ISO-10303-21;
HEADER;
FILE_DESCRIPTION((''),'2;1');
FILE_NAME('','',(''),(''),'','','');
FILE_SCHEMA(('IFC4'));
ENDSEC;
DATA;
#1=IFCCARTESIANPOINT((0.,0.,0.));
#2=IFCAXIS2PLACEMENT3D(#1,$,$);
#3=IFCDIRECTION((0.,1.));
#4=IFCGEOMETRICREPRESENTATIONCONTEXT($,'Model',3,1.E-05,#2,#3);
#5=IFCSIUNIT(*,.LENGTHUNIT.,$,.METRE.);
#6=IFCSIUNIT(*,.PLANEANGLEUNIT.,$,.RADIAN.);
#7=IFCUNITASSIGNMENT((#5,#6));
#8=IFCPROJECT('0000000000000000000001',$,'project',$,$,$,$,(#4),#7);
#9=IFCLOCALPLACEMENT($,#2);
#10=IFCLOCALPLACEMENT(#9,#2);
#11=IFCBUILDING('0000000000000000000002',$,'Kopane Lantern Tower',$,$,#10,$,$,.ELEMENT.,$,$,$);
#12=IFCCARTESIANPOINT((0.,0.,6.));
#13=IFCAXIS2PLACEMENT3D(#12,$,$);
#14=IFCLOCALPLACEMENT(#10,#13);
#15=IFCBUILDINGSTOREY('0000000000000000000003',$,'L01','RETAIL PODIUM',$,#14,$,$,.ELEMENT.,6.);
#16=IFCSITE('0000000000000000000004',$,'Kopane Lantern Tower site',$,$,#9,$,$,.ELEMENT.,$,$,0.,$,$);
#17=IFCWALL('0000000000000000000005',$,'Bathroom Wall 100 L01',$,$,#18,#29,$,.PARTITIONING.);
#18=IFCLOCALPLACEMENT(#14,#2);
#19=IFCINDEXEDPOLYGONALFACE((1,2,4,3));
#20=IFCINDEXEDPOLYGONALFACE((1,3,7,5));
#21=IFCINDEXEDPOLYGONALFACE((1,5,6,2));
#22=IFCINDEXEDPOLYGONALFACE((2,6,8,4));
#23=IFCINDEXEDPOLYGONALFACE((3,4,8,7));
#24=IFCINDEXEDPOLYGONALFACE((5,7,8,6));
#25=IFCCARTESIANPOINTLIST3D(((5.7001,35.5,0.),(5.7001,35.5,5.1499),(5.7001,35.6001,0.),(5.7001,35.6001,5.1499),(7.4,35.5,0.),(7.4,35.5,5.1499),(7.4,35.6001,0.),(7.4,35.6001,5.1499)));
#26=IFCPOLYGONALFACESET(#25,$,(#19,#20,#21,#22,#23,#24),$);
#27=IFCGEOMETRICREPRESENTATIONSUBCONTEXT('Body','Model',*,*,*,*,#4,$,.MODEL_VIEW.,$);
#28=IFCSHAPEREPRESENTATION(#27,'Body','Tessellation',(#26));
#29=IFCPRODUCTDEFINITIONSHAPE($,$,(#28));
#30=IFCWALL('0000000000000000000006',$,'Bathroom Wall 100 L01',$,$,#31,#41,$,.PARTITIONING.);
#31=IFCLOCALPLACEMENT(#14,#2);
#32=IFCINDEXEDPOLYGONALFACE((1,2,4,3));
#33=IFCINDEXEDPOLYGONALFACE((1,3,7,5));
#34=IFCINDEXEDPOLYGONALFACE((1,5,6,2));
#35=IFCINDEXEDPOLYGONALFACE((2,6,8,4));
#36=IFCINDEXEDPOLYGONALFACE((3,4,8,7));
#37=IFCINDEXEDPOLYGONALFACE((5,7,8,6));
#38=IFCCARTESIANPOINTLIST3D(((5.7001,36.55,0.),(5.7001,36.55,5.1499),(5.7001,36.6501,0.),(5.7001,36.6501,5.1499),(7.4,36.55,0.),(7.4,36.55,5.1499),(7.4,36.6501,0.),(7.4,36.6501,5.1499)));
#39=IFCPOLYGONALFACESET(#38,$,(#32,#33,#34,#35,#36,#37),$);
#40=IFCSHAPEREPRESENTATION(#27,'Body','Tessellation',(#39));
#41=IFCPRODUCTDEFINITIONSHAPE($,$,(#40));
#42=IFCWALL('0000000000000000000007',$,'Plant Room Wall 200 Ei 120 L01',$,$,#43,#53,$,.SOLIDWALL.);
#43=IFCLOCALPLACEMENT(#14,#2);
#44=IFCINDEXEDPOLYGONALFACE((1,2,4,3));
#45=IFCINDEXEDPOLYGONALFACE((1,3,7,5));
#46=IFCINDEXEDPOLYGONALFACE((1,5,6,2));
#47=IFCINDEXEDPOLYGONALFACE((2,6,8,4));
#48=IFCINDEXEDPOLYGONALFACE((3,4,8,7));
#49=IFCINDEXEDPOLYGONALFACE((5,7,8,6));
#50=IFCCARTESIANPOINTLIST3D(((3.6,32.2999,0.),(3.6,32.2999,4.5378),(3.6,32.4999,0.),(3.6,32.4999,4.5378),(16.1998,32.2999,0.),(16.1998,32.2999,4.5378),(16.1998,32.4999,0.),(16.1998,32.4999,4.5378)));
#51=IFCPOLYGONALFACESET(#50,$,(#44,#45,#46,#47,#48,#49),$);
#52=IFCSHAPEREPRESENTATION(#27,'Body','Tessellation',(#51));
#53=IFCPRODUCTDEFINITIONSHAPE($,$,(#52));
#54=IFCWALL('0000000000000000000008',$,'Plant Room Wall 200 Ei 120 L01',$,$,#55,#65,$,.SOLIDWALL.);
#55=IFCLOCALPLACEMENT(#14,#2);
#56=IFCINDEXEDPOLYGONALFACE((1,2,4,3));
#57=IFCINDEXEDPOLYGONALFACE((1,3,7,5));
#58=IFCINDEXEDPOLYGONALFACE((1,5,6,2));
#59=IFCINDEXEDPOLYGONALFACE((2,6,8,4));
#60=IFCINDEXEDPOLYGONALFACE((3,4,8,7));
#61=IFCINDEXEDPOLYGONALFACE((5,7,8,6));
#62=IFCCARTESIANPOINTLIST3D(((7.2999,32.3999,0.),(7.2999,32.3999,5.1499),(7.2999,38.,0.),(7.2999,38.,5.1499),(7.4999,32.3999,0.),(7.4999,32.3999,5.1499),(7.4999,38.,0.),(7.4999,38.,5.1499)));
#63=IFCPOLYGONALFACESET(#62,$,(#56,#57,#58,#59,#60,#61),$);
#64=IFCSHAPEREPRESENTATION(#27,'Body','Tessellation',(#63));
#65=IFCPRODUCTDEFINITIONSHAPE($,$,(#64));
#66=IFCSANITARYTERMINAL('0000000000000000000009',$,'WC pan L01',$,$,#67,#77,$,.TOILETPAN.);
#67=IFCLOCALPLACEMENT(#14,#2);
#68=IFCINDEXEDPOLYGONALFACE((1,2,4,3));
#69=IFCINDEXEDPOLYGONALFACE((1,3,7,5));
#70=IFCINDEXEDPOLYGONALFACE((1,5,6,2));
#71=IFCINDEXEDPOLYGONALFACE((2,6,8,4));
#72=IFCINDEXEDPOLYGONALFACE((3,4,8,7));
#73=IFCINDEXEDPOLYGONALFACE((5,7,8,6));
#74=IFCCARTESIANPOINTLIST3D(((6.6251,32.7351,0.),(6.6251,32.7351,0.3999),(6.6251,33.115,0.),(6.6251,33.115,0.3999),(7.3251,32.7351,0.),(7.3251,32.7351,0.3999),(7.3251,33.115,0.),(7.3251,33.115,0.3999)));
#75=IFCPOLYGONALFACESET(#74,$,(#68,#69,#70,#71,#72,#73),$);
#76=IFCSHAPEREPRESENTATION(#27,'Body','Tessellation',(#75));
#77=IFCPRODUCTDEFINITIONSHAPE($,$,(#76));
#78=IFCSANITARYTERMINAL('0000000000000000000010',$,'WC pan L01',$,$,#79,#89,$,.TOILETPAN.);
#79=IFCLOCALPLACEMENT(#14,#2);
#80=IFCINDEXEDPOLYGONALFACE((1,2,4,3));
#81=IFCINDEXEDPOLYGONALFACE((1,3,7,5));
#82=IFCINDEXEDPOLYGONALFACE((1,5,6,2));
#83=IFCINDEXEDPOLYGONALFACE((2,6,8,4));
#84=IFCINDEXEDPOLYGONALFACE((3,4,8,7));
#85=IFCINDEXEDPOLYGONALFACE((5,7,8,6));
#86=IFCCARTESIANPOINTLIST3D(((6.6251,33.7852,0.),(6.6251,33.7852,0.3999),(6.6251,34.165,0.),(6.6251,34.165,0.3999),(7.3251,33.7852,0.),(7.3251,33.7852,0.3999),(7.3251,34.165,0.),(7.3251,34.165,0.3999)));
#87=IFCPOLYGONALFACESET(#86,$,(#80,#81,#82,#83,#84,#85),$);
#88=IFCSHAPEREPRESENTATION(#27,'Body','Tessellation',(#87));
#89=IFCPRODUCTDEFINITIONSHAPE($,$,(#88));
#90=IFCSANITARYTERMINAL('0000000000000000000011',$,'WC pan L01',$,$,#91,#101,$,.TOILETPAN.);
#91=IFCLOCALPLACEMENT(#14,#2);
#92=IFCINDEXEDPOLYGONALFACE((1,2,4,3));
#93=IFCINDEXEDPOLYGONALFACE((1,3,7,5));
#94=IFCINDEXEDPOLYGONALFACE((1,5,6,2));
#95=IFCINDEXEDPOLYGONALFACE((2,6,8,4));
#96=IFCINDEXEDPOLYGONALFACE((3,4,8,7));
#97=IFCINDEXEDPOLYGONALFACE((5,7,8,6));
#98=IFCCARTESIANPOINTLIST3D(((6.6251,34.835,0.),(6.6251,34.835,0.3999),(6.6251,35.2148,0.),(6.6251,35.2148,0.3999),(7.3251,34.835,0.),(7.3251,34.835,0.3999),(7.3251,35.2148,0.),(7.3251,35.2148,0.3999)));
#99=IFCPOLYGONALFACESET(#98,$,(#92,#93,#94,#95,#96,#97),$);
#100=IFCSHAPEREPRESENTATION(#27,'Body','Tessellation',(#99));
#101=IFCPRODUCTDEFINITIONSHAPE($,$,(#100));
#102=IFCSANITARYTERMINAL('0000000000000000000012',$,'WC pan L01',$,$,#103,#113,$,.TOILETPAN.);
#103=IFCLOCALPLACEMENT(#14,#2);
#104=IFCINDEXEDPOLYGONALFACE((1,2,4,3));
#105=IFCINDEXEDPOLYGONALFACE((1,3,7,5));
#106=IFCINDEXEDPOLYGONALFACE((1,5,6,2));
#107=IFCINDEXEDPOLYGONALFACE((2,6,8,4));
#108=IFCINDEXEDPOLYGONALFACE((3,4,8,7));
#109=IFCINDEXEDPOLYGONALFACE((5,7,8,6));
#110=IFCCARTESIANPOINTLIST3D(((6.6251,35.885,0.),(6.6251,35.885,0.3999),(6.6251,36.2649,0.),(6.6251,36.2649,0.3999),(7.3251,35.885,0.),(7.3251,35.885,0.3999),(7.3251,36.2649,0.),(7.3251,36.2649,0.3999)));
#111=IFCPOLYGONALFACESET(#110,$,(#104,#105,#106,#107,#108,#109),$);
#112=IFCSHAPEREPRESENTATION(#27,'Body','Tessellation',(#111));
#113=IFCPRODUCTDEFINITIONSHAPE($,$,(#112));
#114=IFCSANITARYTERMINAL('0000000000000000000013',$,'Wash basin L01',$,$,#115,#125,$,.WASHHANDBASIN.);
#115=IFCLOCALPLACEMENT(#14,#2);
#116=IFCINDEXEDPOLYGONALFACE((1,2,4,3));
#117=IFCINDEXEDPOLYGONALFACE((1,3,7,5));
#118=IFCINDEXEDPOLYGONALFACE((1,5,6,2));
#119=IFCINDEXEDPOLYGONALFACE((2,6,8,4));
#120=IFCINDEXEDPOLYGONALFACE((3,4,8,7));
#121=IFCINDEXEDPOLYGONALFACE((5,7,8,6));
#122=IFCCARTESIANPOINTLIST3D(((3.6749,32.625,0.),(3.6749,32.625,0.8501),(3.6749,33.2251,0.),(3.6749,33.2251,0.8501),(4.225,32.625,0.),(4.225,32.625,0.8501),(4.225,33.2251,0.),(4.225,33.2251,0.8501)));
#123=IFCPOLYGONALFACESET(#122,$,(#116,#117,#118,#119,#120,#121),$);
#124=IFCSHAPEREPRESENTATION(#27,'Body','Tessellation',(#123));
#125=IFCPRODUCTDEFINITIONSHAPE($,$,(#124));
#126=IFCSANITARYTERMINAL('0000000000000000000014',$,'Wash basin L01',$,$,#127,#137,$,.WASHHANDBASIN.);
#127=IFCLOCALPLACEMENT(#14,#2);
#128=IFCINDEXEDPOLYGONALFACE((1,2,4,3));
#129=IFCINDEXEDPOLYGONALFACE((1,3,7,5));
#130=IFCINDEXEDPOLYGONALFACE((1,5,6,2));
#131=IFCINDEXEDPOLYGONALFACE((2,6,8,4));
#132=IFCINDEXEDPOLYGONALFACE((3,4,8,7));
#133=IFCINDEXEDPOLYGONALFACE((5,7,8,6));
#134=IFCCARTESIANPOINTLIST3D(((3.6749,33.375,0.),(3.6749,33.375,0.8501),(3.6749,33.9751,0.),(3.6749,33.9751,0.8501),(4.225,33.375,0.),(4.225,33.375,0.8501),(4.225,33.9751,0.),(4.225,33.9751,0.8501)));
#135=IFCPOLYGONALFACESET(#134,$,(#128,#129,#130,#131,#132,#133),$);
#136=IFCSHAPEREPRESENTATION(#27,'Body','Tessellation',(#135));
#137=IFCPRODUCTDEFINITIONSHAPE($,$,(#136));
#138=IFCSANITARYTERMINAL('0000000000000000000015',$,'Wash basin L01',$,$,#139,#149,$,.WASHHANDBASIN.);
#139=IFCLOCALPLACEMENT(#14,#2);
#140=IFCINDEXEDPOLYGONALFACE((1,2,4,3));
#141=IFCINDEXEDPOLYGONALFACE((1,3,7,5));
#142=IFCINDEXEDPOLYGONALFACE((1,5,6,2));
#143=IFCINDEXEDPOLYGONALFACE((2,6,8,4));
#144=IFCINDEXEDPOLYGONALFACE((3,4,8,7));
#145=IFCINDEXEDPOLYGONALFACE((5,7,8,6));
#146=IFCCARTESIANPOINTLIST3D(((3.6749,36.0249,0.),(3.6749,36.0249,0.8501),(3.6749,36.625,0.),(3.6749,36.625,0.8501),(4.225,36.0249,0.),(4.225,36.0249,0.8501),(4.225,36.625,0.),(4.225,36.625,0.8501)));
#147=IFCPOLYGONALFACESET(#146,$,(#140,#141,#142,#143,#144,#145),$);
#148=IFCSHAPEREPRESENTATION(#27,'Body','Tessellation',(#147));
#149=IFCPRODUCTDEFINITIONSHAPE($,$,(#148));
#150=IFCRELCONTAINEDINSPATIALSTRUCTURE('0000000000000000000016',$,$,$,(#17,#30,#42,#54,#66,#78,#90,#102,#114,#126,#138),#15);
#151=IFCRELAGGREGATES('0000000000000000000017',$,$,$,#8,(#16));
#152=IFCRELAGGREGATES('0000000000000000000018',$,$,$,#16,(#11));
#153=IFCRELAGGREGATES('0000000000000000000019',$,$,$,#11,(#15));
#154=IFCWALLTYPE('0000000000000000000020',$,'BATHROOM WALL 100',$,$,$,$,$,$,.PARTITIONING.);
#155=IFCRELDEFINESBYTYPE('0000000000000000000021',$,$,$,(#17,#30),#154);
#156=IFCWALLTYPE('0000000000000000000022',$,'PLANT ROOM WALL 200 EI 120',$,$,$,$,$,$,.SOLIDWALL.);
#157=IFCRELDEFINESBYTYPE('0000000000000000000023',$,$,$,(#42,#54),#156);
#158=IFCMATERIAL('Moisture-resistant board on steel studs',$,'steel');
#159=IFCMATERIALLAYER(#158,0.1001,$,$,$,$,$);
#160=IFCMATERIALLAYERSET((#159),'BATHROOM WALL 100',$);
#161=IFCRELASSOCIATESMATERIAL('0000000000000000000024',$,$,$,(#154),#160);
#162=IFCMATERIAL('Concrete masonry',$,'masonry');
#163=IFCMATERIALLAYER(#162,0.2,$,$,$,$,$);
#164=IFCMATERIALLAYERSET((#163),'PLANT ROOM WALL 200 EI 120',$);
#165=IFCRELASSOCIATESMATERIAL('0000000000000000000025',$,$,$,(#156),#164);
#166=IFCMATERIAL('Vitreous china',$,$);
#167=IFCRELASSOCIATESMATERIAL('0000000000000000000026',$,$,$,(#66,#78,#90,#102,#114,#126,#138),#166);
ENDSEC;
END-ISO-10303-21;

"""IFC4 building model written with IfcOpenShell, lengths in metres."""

from ifc_helpers import new_model, si_unit, direction, frame, frame_2d, origin, origin_2d, place, context, subcontext, project, spatial, rectangle, extrude, material, layer, layer_set, type_object, element, save


model = new_model("IFC4")

# Units and contexts
model_context = context("Model", 3, precision=1e-05, world=origin(), true_north=direction((0.0, 1.0)))
body_context = subcontext(model_context, "Body", "Model", "MODEL_VIEW")
ifc_project = project(units=[si_unit("LENGTHUNIT", "METRE"), si_unit("PLANEANGLEUNIT", "RADIAN")], contexts=[model_context])

# Site, building, storey
site_placement = place(None, origin())
site = spatial("IfcSite", under=ifc_project, at=site_placement, Name="Kopane Lantern Tower site", CompositionType="ELEMENT", RefElevation=0.0)
building_placement = place(site_placement, origin())
building = spatial("IfcBuilding", under=site, at=building_placement, Name="Kopane Lantern Tower", CompositionType="ELEMENT")
storey_placement = place(building_placement, frame((0.0, 0.0, 6.0)))
storey = spatial("IfcBuildingStorey", under=building, at=storey_placement, Name="L01", Description="RETAIL PODIUM", CompositionType="ELEMENT", Elevation=6.0)

# Shared definitions
ifc_material_1 = material(Name="Moisture-resistant board on steel studs", Category="steel")
ifc_layer_1 = layer(ifc_material_1, 0.1001)
ifc_layer_set_1 = layer_set([ifc_layer_1], Name="BATHROOM WALL 100")
wall_type_1 = type_object("IfcWallType", Name="BATHROOM WALL 100", PredefinedType="PARTITIONING", material=ifc_layer_set_1)

# Walls
for number, where, z_axis, x_axis, name in (
    (1, (5.7, 35.55, 0.0), (0.0, 0.0, 1.0), (1.0, 0.0, 0.0), "Bathroom Wall 100 L01"),
    (2, (5.7, 36.6001, 0.0), (0.0, 0.0, 1.0), (1.0, 0.0, 0.0), "Bathroom Wall 100 L01"),
):
    element("IfcWall", number, at=place(storey_placement, frame(where, z_axis=z_axis, x_axis=x_axis)), inside=storey, type_object=wall_type_1, Name=name, PredefinedType="PARTITIONING", context=body_context, shape_type="SweptSolid", body=[
        extrude(rectangle(XDim=1.7, YDim=0.1001, at=frame_2d((0.8501, 0.0))), origin(), (0.0, 0.0, 1.0), 5.1499),
    ])
ifc_material_2 = material(Name="Concrete masonry", Category="masonry")
ifc_layer_2 = layer(ifc_material_2, 0.2)
ifc_layer_set_2 = layer_set([ifc_layer_2], Name="PLANT ROOM WALL 200 EI 120")
wall_type_2 = type_object("IfcWallType", Name="PLANT ROOM WALL 200 EI 120", PredefinedType="SOLIDWALL", material=ifc_layer_set_2)
wall_1_placement = place(storey_placement, frame((3.6001, 32.3999, 0.0), z_axis=(0.0, 0.0, 1.0), x_axis=(1.0, 0.0, 0.0)))
element("IfcWall", 3, at=wall_1_placement, inside=storey, type_object=wall_type_2, Name="Plant Room Wall 200 Ei 120 L01", PredefinedType="SOLIDWALL", context=body_context, shape_type="SweptSolid", body=[
    extrude(rectangle(XDim=12.5999, YDim=0.2, at=frame_2d((6.2998, 0.0))), origin(), (0.0, 0.0, 1.0), 4.5378),
])
wall_2_placement = place(storey_placement, frame((7.3999, 32.3999, 0.0), z_axis=(0.0, 0.0, 1.0), x_axis=(0.0, 1.0, 0.0)))
element("IfcWall", 4, at=wall_2_placement, inside=storey, type_object=wall_type_2, Name="Plant Room Wall 200 Ei 120 L01", PredefinedType="SOLIDWALL", context=body_context, shape_type="SweptSolid", body=[
    extrude(rectangle(XDim=5.6001, YDim=0.2, at=frame_2d((2.8, 0.0))), origin(), (0.0, 0.0, 1.0), 5.1499),
])

# Sanitary terminals
ifc_material_3 = material(Name="Vitreous china")
for number, where, z_axis, x_axis, name in (
    (5, (6.9751, 32.925, 0.0), (0.0, 0.0, 1.0), (1.0, 0.0, 0.0), "WC pan L01"),
    (6, (6.9751, 33.9751, 0.0), (0.0, 0.0, 1.0), (1.0, 0.0, 0.0), "WC pan L01"),
    (7, (6.9751, 35.0249, 0.0), (0.0, 0.0, 1.0), (1.0, 0.0, 0.0), "WC pan L01"),
    (8, (6.9751, 36.075, 0.0), (0.0, 0.0, 1.0), (1.0, 0.0, 0.0), "WC pan L01"),
):
    element("IfcSanitaryTerminal", number, at=place(storey_placement, frame(where, z_axis=z_axis, x_axis=x_axis)), inside=storey, material=ifc_material_3, Name=name, PredefinedType="TOILETPAN", context=body_context, shape_type="SweptSolid", body=[
        extrude(rectangle(XDim=0.7, YDim=0.3799, at=origin_2d()), origin(), (0.0, 0.0, 1.0), 0.3999),
    ])
for number, where, z_axis, x_axis, name in (
    (9, (3.95, 32.925, 0.0), (0.0, 0.0, 1.0), (1.0, 0.0, 0.0), "Wash basin L01"),
    (10, (3.95, 33.675, 0.0), (0.0, 0.0, 1.0), (1.0, 0.0, 0.0), "Wash basin L01"),
    (11, (3.95, 36.325, 0.0), (0.0, 0.0, 1.0), (1.0, 0.0, 0.0), "Wash basin L01"),
):
    element("IfcSanitaryTerminal", number, at=place(storey_placement, frame(where, z_axis=z_axis, x_axis=x_axis)), inside=storey, material=ifc_material_3, Name=name, PredefinedType="WASHHANDBASIN", context=body_context, shape_type="SweptSolid", body=[
        extrude(rectangle(XDim=0.55, YDim=0.6001, at=origin_2d()), origin(), (0.0, 0.0, 1.0), 0.8501),
    ])

save(model, "model.ifc")
